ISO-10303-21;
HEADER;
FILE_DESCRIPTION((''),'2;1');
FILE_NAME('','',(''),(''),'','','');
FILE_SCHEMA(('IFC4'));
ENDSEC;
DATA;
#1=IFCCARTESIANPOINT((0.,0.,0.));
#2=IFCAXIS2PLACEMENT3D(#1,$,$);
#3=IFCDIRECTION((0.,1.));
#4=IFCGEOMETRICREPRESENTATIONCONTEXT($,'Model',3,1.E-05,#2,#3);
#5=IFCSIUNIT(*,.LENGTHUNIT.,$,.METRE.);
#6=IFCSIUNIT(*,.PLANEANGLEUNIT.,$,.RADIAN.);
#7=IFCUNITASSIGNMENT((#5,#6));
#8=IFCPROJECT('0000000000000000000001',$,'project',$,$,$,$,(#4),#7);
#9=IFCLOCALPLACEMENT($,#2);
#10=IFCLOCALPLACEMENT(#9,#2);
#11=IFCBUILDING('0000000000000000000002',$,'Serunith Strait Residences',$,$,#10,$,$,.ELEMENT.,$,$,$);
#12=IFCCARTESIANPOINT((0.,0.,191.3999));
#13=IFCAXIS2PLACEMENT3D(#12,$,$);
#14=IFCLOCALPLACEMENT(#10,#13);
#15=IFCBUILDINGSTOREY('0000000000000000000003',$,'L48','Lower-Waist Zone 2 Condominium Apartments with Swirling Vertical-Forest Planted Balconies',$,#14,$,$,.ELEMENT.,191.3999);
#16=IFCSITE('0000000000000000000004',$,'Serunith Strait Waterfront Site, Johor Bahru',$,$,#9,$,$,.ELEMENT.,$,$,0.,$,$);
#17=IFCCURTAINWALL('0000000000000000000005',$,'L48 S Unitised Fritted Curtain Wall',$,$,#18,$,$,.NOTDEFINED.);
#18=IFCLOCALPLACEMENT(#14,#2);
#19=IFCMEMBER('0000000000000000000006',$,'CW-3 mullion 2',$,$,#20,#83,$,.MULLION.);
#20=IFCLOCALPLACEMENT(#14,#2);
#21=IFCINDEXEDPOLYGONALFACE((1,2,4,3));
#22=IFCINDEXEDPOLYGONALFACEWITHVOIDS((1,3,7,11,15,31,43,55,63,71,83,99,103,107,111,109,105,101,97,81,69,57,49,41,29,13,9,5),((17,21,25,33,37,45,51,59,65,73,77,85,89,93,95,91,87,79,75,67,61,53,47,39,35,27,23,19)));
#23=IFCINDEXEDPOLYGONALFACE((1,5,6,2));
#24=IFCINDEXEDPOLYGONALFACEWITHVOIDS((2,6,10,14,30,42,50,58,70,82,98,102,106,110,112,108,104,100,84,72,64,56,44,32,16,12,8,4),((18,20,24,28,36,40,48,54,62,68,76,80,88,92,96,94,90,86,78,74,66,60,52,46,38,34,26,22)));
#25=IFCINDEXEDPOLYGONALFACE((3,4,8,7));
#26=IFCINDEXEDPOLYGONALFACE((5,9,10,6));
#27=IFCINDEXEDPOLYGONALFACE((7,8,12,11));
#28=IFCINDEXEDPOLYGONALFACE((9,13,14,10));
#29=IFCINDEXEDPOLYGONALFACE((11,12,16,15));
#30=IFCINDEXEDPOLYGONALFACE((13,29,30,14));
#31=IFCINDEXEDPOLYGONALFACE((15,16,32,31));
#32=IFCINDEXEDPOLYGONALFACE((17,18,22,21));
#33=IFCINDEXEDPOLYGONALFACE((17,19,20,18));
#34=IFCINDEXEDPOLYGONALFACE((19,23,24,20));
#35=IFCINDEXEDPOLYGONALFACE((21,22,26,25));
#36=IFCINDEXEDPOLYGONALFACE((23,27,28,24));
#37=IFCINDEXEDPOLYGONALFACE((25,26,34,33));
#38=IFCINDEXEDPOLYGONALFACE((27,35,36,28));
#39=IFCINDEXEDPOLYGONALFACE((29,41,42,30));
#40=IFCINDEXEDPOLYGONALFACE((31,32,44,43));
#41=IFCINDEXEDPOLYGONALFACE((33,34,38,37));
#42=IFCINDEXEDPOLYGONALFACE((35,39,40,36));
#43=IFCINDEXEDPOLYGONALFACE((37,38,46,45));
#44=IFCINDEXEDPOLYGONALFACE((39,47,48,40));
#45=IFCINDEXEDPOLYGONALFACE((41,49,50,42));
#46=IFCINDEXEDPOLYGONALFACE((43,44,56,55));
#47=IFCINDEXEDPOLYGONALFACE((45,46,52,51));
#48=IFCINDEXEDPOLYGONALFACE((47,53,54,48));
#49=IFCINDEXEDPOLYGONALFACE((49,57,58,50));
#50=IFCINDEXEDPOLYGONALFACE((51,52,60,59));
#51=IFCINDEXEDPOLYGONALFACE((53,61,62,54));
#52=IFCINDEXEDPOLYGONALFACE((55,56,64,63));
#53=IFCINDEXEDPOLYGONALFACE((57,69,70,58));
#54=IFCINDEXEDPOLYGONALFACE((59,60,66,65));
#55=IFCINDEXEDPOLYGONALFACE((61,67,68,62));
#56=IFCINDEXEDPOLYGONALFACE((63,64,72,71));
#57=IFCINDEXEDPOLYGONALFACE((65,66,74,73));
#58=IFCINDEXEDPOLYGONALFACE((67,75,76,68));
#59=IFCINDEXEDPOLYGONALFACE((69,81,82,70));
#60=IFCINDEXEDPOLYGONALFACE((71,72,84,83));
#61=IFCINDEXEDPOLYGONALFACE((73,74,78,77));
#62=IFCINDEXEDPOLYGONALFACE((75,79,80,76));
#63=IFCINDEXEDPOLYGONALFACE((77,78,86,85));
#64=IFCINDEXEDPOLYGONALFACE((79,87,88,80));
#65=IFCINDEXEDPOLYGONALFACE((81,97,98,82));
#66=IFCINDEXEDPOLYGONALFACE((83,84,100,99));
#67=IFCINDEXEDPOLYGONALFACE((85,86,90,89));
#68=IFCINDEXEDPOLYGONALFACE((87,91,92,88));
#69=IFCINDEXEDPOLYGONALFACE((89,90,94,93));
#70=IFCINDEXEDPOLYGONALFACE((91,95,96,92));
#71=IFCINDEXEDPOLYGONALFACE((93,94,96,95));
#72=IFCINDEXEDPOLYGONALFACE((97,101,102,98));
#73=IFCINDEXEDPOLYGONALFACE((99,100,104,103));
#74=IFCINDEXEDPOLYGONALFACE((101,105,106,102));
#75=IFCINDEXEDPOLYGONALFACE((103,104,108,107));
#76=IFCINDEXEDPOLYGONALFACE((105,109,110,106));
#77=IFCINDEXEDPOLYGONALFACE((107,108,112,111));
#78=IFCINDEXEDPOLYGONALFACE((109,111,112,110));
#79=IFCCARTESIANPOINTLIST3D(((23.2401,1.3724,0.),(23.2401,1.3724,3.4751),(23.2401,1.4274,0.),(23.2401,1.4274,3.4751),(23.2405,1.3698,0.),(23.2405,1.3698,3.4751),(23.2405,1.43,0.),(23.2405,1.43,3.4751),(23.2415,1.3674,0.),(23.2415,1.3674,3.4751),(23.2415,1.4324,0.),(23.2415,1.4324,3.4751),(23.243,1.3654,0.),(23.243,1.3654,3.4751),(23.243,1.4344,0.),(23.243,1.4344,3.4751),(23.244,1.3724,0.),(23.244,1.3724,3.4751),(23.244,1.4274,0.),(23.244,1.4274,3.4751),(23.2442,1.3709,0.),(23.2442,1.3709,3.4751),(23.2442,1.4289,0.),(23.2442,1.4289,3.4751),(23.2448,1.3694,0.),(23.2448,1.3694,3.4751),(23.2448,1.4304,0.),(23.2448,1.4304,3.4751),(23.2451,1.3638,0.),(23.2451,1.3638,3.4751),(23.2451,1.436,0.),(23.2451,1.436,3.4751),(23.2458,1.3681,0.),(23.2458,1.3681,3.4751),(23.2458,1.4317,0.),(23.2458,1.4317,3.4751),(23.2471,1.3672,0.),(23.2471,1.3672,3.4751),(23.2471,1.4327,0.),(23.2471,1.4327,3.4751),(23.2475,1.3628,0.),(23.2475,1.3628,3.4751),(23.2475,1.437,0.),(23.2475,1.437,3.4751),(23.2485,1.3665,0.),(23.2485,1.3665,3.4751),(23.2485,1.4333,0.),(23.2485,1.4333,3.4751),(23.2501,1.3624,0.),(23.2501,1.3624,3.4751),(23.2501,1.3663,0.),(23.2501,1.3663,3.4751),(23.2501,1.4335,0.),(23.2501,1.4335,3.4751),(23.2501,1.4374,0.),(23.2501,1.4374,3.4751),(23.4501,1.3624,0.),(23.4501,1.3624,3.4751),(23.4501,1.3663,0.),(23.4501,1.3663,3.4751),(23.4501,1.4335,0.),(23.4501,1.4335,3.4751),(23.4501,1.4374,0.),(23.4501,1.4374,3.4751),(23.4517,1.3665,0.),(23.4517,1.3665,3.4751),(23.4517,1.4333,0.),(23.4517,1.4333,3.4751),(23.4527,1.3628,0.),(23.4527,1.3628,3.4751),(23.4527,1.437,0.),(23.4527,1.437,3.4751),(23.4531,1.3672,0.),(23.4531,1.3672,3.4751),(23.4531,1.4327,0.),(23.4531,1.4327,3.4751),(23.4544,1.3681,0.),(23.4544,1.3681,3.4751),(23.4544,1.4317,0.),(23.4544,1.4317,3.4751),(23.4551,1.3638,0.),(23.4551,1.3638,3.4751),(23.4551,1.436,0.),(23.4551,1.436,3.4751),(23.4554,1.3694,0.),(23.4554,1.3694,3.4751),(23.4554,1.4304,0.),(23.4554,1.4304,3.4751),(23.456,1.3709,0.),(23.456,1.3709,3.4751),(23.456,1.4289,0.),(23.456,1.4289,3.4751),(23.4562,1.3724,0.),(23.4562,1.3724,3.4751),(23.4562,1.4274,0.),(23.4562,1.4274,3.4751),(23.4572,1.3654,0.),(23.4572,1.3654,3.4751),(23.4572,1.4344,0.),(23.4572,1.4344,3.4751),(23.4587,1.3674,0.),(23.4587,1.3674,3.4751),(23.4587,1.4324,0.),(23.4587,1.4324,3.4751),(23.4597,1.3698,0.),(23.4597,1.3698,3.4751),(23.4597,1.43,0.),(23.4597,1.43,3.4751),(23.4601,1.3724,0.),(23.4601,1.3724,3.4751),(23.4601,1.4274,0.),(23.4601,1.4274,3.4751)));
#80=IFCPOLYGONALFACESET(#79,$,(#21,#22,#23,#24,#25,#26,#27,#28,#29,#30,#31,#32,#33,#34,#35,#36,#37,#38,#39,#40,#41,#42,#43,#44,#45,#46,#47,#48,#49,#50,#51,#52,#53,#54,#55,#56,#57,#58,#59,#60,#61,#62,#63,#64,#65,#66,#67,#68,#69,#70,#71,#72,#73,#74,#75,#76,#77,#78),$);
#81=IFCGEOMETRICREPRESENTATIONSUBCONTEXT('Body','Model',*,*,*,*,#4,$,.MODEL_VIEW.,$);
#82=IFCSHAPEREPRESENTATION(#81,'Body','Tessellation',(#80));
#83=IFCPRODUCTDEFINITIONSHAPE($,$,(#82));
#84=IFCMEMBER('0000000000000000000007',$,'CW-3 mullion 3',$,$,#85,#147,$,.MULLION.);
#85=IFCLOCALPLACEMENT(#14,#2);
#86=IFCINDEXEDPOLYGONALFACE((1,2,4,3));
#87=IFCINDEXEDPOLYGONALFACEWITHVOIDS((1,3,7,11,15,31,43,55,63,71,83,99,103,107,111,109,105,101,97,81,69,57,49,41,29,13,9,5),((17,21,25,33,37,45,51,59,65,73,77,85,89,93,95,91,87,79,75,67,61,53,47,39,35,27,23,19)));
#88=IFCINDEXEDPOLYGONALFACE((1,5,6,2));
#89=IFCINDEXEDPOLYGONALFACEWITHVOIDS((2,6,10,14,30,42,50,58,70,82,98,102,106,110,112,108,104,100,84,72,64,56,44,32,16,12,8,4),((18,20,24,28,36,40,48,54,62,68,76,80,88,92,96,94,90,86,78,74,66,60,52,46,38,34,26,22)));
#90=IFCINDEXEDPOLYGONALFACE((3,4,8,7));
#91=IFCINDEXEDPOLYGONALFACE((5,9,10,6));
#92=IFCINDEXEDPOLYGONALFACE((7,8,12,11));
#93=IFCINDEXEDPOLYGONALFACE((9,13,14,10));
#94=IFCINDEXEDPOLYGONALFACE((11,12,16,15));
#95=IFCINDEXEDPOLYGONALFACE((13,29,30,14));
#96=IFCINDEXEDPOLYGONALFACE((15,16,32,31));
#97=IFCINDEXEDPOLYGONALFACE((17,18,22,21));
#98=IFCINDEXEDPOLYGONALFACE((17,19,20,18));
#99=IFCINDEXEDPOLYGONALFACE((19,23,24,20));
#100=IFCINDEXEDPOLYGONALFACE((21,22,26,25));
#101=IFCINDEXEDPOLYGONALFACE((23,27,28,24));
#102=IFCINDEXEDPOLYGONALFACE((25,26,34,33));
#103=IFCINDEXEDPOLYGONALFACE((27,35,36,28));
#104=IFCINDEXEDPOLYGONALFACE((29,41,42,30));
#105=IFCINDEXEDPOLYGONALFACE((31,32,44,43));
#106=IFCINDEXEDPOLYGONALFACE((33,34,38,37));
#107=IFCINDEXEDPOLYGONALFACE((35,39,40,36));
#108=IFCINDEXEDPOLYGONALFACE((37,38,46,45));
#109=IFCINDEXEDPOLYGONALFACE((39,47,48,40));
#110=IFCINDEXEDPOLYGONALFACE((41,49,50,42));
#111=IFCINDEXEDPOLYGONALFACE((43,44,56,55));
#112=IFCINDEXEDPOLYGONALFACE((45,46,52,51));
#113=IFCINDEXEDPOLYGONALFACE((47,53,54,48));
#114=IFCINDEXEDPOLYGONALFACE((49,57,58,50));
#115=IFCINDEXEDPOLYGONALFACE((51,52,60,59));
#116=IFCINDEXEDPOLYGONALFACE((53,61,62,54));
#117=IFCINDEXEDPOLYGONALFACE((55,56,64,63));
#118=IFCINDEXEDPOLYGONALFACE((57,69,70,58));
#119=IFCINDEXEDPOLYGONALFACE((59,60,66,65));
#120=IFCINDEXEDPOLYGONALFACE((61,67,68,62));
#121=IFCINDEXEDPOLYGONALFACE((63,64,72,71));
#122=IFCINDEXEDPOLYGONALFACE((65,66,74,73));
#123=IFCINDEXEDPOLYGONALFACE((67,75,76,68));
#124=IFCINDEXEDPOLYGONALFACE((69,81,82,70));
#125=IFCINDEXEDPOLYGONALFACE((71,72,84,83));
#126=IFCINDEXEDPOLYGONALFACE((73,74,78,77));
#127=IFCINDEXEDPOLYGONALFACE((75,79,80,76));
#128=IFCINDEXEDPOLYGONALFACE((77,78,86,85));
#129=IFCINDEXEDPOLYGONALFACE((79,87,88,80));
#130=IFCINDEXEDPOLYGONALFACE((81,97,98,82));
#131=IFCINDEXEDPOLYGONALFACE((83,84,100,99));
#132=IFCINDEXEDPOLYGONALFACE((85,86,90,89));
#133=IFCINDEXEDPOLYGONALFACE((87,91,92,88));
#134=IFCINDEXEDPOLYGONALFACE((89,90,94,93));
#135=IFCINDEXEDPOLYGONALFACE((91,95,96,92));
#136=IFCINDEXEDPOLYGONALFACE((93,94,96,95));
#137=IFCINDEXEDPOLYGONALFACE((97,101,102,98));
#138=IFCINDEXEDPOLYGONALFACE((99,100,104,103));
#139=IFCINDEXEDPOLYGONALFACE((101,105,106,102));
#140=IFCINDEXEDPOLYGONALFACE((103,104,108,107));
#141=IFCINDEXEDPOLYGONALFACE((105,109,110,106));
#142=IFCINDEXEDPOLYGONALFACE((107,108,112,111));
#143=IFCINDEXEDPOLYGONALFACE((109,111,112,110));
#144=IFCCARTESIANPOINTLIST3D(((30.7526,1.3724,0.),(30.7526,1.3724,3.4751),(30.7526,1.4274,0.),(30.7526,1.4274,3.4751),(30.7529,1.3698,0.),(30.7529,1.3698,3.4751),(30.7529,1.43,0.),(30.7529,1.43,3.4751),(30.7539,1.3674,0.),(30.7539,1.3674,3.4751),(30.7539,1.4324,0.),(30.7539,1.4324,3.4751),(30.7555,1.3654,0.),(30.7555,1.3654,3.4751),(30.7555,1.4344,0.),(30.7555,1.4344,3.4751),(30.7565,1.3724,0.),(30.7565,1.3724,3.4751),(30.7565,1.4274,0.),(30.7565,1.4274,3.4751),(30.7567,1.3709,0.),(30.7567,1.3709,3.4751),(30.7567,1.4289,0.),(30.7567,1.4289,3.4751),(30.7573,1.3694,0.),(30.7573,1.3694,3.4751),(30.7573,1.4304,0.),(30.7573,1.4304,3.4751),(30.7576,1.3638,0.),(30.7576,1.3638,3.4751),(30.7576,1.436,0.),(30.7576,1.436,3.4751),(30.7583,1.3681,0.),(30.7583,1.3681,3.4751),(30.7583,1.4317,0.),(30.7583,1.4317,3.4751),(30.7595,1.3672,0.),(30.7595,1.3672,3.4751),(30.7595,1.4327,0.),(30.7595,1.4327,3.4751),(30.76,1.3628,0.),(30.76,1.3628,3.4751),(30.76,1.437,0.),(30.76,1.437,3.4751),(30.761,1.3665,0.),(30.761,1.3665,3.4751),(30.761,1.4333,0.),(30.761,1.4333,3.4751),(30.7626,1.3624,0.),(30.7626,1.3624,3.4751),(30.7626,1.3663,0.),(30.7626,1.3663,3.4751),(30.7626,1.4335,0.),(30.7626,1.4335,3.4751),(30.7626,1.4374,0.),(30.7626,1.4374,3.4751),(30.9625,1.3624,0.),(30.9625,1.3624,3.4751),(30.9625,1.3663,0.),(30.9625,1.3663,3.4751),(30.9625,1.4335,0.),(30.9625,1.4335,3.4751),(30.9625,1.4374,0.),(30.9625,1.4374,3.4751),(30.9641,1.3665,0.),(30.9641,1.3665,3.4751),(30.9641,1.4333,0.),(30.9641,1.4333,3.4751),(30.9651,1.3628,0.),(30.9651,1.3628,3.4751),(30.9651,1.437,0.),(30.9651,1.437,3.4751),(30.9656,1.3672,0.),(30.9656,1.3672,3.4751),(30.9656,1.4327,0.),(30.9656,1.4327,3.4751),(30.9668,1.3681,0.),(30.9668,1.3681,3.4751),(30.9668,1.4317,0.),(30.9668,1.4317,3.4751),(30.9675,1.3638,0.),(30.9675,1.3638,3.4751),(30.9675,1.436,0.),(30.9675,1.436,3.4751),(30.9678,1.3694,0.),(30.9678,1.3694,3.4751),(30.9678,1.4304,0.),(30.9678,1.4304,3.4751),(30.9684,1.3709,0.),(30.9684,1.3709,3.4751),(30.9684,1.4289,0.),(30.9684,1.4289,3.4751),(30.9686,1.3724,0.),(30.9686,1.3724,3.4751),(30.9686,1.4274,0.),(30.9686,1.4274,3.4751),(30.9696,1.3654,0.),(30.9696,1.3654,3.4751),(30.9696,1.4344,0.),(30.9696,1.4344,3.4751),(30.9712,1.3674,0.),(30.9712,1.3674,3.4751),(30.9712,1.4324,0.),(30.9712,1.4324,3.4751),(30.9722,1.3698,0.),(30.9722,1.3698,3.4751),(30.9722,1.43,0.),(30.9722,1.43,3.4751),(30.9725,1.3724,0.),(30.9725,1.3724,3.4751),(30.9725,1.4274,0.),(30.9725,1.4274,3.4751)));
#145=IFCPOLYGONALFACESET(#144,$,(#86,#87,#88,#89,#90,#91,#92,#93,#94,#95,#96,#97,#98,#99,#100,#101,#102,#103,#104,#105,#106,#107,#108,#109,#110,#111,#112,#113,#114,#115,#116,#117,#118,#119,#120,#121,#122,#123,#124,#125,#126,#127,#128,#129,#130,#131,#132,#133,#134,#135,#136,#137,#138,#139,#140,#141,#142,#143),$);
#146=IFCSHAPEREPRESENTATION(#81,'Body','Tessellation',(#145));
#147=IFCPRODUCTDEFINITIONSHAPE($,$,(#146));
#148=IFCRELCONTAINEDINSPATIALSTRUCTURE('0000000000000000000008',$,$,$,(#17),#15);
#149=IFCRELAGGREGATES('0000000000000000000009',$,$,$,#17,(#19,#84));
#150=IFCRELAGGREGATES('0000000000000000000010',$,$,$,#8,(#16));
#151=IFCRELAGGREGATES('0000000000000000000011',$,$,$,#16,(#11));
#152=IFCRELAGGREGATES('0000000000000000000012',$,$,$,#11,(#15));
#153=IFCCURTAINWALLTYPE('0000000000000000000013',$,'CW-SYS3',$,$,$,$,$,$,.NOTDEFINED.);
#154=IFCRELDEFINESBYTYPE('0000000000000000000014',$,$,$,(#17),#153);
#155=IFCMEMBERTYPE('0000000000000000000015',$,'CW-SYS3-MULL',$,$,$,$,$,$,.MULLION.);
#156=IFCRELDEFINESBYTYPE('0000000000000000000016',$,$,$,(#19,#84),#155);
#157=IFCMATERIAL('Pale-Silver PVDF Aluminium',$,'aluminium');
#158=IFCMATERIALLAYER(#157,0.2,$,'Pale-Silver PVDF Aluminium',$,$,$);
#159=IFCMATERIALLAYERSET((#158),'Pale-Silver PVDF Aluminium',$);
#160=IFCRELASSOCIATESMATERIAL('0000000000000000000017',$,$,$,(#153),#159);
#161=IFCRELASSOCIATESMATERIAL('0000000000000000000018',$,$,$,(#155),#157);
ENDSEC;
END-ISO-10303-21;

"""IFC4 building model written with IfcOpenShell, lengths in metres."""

from ifc_helpers import new_model, si_unit, direction, frame, origin, origin_2d, place, context, subcontext, project, spatial, hollow_rectangle, extrude, source, transform, mapped, material, layer, layer_set, material_profile, profile_set, type_object, element, aggregate, save


model = new_model("IFC4")

# Units and contexts
model_context = context("Model", 3, precision=1e-05, world=origin(), true_north=direction((0.0, 1.0)))
body_context = subcontext(model_context, "Body", "Model", "MODEL_VIEW")
ifc_project = project(units=[si_unit("LENGTHUNIT", "METRE"), si_unit("PLANEANGLEUNIT", "RADIAN")], contexts=[model_context])

# Site, building, storey
site_placement = place(None, origin())
site = spatial("IfcSite", under=ifc_project, at=site_placement, Name="Serunith Strait Waterfront Site, Johor Bahru", CompositionType="ELEMENT", RefElevation=0.0)
building_placement = place(site_placement, origin())
building = spatial("IfcBuilding", under=site, at=building_placement, Name="Serunith Strait Residences", CompositionType="ELEMENT")
storey_placement = place(building_placement, frame((0.0, 0.0, 191.3999)))
storey = spatial("IfcBuildingStorey", under=building, at=storey_placement, Name="L48", Description="Lower-Waist Zone 2 Condominium Apartments with Swirling Vertical-Forest Planted Balconies", CompositionType="ELEMENT", Elevation=191.3999)

# Curtain wall, members
ifc_material_1 = material(Name="Pale-Silver PVDF Aluminium", Category="aluminium")
ifc_layer_1 = layer(ifc_material_1, 0.2, Name="Pale-Silver PVDF Aluminium")
ifc_layer_set_1 = layer_set([ifc_layer_1], Name="Pale-Silver PVDF Aluminium")
curtain_wall_type = type_object("IfcCurtainWallType", Name="CW-SYS3", PredefinedType="NOTDEFINED", material=ifc_layer_set_1)
curtain_wall_placement = place(storey_placement, origin())
curtain_wall = element("IfcCurtainWall", 1, at=curtain_wall_placement, inside=storey, type_object=curtain_wall_type, Name="L48 S Unitised Fritted Curtain Wall", PredefinedType="NOTDEFINED")
ifc_material_profile_1 = material_profile(ifc_material_1, hollow_rectangle(XDim=0.075, YDim=0.22, WallThickness=0.0039, InnerFilletRadius=0.0061, OuterFilletRadius=0.01, at=origin_2d()), Name="ALU 220x75x4")
ifc_profile_set_1 = profile_set([ifc_material_profile_1], Name="Pale-Silver PVDF Aluminium")
member_type_1 = type_object("IfcMemberType", Name="CW-SYS3-MULL", PredefinedType="MULLION", material=ifc_profile_set_1)
shared_shape_1 = source(origin(), body_context, "Body", "SweptSolid", [
    extrude(hollow_rectangle(XDim=0.075, YDim=0.22, WallThickness=0.0039, InnerFilletRadius=0.0061, OuterFilletRadius=0.01, at=origin_2d()), origin(), (0.0, 0.0, 1.0), 3.4751),
])
member_1_placement = place(storey_placement, frame((23.3501, 1.3999, 0.0), z_axis=(0.0, 0.0, 1.0), x_axis=(0.0, 1.0, 0.0)))
member_1 = element("IfcMember", 2, at=member_1_placement, type_object=member_type_1, Name="CW-3 mullion 2", PredefinedType="MULLION", context=body_context, shape_type="MappedRepresentation", body=[
    mapped(shared_shape_1, transform((0.0, 0.0, 0.0), scale=1.0)),
])
member_2_placement = place(storey_placement, frame((30.8625, 1.3999, 0.0), z_axis=(0.0, 0.0, 1.0), x_axis=(0.0, 1.0, 0.0)))
member_2 = element("IfcMember", 3, at=member_2_placement, type_object=member_type_1, Name="CW-3 mullion 3", PredefinedType="MULLION", context=body_context, shape_type="MappedRepresentation", body=[
    mapped(shared_shape_1, transform((0.0, 0.0, 0.0), scale=1.0)),
])
aggregate(curtain_wall, [member_1, member_2])

save(model, "model.ifc")
